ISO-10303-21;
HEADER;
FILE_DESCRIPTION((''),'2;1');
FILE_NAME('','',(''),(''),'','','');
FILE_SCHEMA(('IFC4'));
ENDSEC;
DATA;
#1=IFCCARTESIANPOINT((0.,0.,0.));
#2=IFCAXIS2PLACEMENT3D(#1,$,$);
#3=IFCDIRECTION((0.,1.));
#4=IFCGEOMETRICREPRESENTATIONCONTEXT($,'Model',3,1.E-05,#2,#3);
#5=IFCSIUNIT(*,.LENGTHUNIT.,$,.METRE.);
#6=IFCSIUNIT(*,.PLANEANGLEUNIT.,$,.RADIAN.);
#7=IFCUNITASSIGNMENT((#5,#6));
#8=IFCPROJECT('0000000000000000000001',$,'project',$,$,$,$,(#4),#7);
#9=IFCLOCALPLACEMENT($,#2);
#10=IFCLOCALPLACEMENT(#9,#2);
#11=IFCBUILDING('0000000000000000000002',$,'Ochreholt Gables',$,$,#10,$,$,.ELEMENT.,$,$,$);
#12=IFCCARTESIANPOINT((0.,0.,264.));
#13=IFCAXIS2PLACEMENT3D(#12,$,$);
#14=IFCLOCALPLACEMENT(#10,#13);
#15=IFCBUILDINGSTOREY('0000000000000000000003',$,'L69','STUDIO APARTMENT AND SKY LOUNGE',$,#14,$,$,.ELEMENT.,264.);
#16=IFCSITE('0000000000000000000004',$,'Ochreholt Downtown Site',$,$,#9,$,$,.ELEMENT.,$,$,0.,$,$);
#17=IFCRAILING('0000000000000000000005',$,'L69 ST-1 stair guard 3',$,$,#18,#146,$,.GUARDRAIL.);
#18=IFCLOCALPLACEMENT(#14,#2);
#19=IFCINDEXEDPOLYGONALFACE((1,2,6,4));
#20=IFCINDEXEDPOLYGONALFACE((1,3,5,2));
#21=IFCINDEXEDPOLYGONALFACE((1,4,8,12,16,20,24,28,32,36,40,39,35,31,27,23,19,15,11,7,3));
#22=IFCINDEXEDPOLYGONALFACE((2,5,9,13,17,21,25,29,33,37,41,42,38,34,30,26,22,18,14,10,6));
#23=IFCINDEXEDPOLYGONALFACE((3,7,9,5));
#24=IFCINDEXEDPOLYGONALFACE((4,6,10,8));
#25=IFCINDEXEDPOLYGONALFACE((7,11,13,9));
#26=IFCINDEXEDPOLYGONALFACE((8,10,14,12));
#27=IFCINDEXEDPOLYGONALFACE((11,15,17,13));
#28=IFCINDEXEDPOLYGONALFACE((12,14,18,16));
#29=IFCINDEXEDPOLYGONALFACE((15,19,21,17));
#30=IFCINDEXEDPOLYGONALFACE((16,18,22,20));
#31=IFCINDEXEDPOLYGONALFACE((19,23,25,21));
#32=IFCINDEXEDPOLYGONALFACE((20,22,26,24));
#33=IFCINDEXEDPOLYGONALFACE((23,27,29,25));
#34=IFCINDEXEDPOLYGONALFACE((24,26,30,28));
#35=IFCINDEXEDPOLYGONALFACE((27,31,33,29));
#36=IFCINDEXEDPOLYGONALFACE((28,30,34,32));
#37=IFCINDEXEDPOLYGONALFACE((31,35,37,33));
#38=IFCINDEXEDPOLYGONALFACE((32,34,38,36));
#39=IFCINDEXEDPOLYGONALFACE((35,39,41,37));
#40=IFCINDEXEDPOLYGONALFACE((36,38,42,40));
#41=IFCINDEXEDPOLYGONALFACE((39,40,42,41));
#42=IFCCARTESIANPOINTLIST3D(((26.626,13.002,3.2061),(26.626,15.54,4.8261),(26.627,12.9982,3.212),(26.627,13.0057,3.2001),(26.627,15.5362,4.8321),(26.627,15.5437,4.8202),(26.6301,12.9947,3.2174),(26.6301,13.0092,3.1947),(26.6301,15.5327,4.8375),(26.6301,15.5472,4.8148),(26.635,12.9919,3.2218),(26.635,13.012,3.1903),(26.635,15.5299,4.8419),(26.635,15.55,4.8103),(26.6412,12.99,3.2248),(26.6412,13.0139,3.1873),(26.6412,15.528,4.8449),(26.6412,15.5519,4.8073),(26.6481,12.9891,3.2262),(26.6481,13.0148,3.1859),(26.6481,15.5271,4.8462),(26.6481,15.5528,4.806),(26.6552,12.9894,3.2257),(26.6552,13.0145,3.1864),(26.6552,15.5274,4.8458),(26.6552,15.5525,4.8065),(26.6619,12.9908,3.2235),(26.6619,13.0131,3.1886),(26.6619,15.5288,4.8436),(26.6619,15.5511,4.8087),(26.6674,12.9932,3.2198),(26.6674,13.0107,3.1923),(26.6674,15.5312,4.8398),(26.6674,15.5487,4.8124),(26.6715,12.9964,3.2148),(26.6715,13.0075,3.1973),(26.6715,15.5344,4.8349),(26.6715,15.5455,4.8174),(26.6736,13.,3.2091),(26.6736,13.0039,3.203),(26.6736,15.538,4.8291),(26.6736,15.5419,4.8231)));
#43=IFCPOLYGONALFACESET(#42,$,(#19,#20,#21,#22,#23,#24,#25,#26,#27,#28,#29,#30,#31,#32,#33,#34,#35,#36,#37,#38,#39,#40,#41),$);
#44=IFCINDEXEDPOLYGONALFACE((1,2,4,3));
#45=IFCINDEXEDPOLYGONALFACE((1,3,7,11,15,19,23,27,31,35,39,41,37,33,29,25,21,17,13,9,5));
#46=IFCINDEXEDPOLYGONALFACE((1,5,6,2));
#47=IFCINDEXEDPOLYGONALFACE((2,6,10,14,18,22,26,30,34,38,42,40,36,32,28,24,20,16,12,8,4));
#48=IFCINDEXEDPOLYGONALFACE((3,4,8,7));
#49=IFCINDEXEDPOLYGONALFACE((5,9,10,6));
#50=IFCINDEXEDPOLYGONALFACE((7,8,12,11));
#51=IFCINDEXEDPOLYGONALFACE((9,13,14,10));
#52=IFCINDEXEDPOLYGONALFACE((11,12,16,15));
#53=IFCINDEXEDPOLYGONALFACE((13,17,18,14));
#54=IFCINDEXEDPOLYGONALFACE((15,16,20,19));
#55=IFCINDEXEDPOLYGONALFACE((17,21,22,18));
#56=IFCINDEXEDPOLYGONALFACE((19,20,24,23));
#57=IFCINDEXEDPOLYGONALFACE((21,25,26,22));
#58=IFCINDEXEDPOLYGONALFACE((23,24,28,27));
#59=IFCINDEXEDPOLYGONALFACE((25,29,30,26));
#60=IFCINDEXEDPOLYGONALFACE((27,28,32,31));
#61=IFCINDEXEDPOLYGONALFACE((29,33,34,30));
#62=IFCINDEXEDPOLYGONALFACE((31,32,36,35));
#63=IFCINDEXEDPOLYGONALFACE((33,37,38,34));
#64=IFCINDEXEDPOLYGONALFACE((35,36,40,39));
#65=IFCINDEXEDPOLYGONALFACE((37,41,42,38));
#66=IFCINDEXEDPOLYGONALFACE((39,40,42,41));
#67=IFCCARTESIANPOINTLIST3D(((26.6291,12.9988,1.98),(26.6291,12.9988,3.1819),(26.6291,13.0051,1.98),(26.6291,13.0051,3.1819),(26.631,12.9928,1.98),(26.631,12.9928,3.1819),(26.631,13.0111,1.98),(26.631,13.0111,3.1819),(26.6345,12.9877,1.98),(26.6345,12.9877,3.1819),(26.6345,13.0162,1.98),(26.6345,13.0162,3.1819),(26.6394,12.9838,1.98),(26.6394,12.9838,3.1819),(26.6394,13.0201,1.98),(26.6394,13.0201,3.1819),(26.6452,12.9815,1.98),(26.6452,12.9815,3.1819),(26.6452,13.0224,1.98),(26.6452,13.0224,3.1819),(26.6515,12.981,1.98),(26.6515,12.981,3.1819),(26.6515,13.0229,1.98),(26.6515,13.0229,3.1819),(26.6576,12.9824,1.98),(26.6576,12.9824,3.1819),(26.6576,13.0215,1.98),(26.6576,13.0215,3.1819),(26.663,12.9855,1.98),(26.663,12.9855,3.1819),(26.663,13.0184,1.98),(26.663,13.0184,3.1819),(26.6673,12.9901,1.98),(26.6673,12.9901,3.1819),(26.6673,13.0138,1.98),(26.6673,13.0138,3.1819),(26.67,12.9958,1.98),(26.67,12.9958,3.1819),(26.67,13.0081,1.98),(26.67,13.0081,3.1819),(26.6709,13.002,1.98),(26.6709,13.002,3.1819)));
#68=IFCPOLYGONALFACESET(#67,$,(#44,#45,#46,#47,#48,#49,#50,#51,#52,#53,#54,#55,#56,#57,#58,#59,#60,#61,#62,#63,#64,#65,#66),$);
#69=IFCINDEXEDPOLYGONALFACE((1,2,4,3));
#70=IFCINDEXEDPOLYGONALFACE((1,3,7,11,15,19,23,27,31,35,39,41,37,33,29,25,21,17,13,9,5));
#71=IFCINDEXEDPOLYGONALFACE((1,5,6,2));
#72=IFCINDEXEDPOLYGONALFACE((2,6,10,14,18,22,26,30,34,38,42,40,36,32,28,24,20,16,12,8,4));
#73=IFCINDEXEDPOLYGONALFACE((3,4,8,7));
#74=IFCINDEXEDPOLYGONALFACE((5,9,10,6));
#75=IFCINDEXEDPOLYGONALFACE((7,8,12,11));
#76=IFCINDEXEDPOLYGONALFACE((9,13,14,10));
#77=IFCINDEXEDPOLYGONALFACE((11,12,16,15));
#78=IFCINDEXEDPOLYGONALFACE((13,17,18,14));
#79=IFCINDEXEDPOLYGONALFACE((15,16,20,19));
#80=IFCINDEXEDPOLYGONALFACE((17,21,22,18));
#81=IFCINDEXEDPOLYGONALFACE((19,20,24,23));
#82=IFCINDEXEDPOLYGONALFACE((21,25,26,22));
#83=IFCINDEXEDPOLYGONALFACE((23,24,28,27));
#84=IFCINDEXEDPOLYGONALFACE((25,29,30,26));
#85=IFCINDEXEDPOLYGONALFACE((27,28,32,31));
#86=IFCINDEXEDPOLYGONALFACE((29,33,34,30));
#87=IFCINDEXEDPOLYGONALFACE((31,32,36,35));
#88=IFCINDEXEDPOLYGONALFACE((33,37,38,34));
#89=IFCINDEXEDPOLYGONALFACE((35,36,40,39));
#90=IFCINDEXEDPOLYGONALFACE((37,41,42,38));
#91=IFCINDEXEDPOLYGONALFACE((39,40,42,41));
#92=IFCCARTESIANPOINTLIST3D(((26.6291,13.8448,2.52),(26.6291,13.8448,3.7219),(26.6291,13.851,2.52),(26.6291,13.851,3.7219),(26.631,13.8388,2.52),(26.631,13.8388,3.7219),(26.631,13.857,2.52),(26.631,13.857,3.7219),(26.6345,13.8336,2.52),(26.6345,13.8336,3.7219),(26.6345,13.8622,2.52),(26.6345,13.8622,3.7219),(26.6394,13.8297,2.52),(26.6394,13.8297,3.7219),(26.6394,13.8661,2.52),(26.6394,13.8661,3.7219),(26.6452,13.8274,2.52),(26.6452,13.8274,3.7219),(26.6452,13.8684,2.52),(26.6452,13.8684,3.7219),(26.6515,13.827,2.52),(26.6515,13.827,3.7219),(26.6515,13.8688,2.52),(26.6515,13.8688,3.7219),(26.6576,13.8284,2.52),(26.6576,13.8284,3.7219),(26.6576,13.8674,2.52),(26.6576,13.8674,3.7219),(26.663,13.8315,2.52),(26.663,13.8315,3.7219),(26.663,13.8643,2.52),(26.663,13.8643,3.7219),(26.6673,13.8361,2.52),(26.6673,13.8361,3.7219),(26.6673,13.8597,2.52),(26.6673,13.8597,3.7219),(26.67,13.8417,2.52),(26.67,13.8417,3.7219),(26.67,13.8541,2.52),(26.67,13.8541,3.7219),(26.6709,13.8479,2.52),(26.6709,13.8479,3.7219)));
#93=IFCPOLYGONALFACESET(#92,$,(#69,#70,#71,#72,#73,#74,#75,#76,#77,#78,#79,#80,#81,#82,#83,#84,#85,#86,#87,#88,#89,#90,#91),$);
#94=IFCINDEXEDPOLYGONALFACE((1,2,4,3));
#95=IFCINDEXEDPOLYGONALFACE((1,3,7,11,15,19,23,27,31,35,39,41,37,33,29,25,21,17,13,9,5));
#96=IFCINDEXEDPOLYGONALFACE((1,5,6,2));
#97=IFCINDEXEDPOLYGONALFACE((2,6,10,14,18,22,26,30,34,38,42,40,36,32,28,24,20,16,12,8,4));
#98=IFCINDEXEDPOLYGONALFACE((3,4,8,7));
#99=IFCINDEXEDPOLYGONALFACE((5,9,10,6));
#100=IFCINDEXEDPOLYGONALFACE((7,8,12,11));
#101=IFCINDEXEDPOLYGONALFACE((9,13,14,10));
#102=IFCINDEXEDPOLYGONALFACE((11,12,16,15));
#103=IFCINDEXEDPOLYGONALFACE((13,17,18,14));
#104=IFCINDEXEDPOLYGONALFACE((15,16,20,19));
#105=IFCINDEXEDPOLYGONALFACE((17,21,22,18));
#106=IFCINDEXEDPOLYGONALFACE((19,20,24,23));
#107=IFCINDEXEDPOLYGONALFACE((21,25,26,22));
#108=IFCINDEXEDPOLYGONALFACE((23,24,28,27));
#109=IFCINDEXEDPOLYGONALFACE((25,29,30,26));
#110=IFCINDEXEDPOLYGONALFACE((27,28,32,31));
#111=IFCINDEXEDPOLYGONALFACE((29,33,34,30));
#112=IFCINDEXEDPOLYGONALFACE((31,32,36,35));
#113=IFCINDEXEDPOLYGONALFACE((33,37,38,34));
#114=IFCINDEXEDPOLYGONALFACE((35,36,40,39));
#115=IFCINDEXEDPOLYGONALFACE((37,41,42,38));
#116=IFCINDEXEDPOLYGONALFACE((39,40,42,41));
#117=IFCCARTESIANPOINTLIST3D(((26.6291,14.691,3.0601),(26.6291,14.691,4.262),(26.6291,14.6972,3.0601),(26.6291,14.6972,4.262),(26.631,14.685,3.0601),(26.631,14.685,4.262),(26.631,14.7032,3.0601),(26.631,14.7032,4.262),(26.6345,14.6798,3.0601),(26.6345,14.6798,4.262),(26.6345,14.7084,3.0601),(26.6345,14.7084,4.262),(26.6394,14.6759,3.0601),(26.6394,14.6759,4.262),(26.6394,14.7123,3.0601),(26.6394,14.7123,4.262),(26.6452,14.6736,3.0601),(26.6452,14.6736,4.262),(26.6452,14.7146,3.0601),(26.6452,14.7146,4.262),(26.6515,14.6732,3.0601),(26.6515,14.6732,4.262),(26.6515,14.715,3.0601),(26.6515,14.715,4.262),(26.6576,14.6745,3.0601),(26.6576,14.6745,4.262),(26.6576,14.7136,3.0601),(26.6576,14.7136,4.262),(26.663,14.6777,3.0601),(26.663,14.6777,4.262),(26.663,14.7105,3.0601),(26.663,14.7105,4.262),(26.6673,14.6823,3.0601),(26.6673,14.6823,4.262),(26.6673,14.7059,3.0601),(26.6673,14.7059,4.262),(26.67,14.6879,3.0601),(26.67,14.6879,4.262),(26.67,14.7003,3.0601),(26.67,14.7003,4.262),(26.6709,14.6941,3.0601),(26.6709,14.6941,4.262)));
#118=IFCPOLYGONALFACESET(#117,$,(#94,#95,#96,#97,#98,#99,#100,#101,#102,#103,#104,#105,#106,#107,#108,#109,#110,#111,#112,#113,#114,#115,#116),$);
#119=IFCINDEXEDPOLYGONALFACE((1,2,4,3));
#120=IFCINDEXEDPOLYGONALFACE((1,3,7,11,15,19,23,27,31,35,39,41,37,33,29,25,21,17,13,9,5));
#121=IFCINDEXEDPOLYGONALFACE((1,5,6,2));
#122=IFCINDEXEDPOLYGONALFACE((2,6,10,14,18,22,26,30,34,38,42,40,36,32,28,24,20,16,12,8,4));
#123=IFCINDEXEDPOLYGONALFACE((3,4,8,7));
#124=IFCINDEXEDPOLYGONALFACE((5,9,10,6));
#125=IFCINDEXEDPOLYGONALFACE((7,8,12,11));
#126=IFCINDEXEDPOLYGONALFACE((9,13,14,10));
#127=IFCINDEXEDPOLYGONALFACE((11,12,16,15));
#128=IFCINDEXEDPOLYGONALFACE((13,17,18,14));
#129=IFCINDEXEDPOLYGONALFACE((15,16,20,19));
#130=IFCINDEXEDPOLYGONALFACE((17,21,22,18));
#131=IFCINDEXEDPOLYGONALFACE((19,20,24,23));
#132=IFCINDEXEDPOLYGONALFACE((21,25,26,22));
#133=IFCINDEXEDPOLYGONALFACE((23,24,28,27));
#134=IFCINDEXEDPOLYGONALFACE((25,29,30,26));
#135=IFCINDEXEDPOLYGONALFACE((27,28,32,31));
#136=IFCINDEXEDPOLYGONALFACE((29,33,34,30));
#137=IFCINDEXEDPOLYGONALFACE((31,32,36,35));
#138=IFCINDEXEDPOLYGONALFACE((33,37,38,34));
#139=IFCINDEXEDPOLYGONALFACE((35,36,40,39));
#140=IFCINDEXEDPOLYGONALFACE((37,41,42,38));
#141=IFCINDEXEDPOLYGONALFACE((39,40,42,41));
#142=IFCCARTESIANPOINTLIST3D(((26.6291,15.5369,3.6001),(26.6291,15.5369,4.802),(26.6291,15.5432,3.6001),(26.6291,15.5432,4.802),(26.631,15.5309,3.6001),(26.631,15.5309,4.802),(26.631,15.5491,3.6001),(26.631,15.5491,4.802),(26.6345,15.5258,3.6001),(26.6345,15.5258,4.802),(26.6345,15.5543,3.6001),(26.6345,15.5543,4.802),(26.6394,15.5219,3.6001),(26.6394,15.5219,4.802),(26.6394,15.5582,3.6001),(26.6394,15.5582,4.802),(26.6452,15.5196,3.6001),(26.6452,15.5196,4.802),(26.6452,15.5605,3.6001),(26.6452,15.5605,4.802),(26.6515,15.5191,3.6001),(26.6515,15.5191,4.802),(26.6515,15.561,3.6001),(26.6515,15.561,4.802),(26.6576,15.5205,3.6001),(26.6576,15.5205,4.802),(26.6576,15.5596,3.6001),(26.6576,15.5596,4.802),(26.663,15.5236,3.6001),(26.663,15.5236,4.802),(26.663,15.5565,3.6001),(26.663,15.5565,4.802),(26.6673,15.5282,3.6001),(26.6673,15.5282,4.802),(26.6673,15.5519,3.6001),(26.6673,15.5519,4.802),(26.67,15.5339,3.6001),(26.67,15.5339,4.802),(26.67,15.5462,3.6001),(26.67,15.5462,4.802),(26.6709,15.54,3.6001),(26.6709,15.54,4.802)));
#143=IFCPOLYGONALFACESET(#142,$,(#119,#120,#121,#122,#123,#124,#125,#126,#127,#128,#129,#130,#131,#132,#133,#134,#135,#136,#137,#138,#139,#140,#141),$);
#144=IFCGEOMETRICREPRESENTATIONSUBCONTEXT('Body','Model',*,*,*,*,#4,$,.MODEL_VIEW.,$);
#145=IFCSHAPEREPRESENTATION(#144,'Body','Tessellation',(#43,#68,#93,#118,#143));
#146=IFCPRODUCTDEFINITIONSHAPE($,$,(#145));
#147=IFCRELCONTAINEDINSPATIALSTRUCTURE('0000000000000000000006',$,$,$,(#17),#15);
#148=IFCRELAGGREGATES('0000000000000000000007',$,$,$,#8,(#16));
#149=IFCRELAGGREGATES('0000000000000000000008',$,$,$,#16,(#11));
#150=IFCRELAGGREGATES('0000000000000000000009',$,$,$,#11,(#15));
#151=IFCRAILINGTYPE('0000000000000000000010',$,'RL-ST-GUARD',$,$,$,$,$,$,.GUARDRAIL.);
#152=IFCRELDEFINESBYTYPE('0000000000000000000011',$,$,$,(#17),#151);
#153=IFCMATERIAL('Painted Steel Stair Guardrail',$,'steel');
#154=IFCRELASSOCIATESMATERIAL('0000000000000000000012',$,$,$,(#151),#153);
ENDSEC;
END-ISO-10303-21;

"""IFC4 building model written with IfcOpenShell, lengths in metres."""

from ifc_helpers import new_model, si_unit, direction, frame, origin, origin_2d, place, context, subcontext, project, spatial, circle, extrude, material, type_object, element, save


model = new_model("IFC4")

# Units and contexts
model_context = context("Model", 3, precision=1e-05, world=origin(), true_north=direction((0.0, 1.0)))
body_context = subcontext(model_context, "Body", "Model", "MODEL_VIEW")
ifc_project = project(units=[si_unit("LENGTHUNIT", "METRE"), si_unit("PLANEANGLEUNIT", "RADIAN")], contexts=[model_context])

# Site, building, storey
site_placement = place(None, origin())
site = spatial("IfcSite", under=ifc_project, at=site_placement, Name="Ochreholt Downtown Site", CompositionType="ELEMENT", RefElevation=0.0)
building_placement = place(site_placement, origin())
building = spatial("IfcBuilding", under=site, at=building_placement, Name="Ochreholt Gables", CompositionType="ELEMENT")
storey_placement = place(building_placement, frame((0.0, 0.0, 264.0)))
storey = spatial("IfcBuildingStorey", under=building, at=storey_placement, Name="L69", Description="STUDIO APARTMENT AND SKY LOUNGE", CompositionType="ELEMENT", Elevation=264.0)

# Railing
ifc_material_1 = material(Name="Painted Steel Stair Guardrail", Category="steel")
railing_type = type_object("IfcRailingType", Name="RL-ST-GUARD", PredefinedType="GUARDRAIL", material=ifc_material_1)
railing_1_placement = place(storey_placement, frame((26.6499, 13.002, 1.98)))
element("IfcRailing", 1, at=railing_1_placement, inside=storey, type_object=railing_type, Name="L69 ST-1 stair guard 3", PredefinedType="GUARDRAIL", context=body_context, shape_type="SweptSolid", body=[
    extrude(circle(Radius=0.0239, at=origin_2d()), frame((0.0, 0.0, 1.2261), z_axis=(0.0, 0.842913, 0.53805), x_axis=(-1.0, 0.0, 0.0)), (0.0, 0.0, 1.0), 3.011),
    extrude(circle(Radius=0.021, at=origin_2d()), origin(), (0.0, 0.0, 1.0), 1.2019),
    extrude(circle(Radius=0.021, at=origin_2d()), frame((0.0, 0.8459, 0.54)), (0.0, 0.0, 1.0), 1.2019),
    extrude(circle(Radius=0.021, at=origin_2d()), frame((0.0, 1.6921, 1.0801)), (0.0, 0.0, 1.0), 1.2019),
    extrude(circle(Radius=0.021, at=origin_2d()), frame((0.0, 2.5381, 1.6201)), (0.0, 0.0, 1.0), 1.2019),
])

save(model, "model.ifc")
